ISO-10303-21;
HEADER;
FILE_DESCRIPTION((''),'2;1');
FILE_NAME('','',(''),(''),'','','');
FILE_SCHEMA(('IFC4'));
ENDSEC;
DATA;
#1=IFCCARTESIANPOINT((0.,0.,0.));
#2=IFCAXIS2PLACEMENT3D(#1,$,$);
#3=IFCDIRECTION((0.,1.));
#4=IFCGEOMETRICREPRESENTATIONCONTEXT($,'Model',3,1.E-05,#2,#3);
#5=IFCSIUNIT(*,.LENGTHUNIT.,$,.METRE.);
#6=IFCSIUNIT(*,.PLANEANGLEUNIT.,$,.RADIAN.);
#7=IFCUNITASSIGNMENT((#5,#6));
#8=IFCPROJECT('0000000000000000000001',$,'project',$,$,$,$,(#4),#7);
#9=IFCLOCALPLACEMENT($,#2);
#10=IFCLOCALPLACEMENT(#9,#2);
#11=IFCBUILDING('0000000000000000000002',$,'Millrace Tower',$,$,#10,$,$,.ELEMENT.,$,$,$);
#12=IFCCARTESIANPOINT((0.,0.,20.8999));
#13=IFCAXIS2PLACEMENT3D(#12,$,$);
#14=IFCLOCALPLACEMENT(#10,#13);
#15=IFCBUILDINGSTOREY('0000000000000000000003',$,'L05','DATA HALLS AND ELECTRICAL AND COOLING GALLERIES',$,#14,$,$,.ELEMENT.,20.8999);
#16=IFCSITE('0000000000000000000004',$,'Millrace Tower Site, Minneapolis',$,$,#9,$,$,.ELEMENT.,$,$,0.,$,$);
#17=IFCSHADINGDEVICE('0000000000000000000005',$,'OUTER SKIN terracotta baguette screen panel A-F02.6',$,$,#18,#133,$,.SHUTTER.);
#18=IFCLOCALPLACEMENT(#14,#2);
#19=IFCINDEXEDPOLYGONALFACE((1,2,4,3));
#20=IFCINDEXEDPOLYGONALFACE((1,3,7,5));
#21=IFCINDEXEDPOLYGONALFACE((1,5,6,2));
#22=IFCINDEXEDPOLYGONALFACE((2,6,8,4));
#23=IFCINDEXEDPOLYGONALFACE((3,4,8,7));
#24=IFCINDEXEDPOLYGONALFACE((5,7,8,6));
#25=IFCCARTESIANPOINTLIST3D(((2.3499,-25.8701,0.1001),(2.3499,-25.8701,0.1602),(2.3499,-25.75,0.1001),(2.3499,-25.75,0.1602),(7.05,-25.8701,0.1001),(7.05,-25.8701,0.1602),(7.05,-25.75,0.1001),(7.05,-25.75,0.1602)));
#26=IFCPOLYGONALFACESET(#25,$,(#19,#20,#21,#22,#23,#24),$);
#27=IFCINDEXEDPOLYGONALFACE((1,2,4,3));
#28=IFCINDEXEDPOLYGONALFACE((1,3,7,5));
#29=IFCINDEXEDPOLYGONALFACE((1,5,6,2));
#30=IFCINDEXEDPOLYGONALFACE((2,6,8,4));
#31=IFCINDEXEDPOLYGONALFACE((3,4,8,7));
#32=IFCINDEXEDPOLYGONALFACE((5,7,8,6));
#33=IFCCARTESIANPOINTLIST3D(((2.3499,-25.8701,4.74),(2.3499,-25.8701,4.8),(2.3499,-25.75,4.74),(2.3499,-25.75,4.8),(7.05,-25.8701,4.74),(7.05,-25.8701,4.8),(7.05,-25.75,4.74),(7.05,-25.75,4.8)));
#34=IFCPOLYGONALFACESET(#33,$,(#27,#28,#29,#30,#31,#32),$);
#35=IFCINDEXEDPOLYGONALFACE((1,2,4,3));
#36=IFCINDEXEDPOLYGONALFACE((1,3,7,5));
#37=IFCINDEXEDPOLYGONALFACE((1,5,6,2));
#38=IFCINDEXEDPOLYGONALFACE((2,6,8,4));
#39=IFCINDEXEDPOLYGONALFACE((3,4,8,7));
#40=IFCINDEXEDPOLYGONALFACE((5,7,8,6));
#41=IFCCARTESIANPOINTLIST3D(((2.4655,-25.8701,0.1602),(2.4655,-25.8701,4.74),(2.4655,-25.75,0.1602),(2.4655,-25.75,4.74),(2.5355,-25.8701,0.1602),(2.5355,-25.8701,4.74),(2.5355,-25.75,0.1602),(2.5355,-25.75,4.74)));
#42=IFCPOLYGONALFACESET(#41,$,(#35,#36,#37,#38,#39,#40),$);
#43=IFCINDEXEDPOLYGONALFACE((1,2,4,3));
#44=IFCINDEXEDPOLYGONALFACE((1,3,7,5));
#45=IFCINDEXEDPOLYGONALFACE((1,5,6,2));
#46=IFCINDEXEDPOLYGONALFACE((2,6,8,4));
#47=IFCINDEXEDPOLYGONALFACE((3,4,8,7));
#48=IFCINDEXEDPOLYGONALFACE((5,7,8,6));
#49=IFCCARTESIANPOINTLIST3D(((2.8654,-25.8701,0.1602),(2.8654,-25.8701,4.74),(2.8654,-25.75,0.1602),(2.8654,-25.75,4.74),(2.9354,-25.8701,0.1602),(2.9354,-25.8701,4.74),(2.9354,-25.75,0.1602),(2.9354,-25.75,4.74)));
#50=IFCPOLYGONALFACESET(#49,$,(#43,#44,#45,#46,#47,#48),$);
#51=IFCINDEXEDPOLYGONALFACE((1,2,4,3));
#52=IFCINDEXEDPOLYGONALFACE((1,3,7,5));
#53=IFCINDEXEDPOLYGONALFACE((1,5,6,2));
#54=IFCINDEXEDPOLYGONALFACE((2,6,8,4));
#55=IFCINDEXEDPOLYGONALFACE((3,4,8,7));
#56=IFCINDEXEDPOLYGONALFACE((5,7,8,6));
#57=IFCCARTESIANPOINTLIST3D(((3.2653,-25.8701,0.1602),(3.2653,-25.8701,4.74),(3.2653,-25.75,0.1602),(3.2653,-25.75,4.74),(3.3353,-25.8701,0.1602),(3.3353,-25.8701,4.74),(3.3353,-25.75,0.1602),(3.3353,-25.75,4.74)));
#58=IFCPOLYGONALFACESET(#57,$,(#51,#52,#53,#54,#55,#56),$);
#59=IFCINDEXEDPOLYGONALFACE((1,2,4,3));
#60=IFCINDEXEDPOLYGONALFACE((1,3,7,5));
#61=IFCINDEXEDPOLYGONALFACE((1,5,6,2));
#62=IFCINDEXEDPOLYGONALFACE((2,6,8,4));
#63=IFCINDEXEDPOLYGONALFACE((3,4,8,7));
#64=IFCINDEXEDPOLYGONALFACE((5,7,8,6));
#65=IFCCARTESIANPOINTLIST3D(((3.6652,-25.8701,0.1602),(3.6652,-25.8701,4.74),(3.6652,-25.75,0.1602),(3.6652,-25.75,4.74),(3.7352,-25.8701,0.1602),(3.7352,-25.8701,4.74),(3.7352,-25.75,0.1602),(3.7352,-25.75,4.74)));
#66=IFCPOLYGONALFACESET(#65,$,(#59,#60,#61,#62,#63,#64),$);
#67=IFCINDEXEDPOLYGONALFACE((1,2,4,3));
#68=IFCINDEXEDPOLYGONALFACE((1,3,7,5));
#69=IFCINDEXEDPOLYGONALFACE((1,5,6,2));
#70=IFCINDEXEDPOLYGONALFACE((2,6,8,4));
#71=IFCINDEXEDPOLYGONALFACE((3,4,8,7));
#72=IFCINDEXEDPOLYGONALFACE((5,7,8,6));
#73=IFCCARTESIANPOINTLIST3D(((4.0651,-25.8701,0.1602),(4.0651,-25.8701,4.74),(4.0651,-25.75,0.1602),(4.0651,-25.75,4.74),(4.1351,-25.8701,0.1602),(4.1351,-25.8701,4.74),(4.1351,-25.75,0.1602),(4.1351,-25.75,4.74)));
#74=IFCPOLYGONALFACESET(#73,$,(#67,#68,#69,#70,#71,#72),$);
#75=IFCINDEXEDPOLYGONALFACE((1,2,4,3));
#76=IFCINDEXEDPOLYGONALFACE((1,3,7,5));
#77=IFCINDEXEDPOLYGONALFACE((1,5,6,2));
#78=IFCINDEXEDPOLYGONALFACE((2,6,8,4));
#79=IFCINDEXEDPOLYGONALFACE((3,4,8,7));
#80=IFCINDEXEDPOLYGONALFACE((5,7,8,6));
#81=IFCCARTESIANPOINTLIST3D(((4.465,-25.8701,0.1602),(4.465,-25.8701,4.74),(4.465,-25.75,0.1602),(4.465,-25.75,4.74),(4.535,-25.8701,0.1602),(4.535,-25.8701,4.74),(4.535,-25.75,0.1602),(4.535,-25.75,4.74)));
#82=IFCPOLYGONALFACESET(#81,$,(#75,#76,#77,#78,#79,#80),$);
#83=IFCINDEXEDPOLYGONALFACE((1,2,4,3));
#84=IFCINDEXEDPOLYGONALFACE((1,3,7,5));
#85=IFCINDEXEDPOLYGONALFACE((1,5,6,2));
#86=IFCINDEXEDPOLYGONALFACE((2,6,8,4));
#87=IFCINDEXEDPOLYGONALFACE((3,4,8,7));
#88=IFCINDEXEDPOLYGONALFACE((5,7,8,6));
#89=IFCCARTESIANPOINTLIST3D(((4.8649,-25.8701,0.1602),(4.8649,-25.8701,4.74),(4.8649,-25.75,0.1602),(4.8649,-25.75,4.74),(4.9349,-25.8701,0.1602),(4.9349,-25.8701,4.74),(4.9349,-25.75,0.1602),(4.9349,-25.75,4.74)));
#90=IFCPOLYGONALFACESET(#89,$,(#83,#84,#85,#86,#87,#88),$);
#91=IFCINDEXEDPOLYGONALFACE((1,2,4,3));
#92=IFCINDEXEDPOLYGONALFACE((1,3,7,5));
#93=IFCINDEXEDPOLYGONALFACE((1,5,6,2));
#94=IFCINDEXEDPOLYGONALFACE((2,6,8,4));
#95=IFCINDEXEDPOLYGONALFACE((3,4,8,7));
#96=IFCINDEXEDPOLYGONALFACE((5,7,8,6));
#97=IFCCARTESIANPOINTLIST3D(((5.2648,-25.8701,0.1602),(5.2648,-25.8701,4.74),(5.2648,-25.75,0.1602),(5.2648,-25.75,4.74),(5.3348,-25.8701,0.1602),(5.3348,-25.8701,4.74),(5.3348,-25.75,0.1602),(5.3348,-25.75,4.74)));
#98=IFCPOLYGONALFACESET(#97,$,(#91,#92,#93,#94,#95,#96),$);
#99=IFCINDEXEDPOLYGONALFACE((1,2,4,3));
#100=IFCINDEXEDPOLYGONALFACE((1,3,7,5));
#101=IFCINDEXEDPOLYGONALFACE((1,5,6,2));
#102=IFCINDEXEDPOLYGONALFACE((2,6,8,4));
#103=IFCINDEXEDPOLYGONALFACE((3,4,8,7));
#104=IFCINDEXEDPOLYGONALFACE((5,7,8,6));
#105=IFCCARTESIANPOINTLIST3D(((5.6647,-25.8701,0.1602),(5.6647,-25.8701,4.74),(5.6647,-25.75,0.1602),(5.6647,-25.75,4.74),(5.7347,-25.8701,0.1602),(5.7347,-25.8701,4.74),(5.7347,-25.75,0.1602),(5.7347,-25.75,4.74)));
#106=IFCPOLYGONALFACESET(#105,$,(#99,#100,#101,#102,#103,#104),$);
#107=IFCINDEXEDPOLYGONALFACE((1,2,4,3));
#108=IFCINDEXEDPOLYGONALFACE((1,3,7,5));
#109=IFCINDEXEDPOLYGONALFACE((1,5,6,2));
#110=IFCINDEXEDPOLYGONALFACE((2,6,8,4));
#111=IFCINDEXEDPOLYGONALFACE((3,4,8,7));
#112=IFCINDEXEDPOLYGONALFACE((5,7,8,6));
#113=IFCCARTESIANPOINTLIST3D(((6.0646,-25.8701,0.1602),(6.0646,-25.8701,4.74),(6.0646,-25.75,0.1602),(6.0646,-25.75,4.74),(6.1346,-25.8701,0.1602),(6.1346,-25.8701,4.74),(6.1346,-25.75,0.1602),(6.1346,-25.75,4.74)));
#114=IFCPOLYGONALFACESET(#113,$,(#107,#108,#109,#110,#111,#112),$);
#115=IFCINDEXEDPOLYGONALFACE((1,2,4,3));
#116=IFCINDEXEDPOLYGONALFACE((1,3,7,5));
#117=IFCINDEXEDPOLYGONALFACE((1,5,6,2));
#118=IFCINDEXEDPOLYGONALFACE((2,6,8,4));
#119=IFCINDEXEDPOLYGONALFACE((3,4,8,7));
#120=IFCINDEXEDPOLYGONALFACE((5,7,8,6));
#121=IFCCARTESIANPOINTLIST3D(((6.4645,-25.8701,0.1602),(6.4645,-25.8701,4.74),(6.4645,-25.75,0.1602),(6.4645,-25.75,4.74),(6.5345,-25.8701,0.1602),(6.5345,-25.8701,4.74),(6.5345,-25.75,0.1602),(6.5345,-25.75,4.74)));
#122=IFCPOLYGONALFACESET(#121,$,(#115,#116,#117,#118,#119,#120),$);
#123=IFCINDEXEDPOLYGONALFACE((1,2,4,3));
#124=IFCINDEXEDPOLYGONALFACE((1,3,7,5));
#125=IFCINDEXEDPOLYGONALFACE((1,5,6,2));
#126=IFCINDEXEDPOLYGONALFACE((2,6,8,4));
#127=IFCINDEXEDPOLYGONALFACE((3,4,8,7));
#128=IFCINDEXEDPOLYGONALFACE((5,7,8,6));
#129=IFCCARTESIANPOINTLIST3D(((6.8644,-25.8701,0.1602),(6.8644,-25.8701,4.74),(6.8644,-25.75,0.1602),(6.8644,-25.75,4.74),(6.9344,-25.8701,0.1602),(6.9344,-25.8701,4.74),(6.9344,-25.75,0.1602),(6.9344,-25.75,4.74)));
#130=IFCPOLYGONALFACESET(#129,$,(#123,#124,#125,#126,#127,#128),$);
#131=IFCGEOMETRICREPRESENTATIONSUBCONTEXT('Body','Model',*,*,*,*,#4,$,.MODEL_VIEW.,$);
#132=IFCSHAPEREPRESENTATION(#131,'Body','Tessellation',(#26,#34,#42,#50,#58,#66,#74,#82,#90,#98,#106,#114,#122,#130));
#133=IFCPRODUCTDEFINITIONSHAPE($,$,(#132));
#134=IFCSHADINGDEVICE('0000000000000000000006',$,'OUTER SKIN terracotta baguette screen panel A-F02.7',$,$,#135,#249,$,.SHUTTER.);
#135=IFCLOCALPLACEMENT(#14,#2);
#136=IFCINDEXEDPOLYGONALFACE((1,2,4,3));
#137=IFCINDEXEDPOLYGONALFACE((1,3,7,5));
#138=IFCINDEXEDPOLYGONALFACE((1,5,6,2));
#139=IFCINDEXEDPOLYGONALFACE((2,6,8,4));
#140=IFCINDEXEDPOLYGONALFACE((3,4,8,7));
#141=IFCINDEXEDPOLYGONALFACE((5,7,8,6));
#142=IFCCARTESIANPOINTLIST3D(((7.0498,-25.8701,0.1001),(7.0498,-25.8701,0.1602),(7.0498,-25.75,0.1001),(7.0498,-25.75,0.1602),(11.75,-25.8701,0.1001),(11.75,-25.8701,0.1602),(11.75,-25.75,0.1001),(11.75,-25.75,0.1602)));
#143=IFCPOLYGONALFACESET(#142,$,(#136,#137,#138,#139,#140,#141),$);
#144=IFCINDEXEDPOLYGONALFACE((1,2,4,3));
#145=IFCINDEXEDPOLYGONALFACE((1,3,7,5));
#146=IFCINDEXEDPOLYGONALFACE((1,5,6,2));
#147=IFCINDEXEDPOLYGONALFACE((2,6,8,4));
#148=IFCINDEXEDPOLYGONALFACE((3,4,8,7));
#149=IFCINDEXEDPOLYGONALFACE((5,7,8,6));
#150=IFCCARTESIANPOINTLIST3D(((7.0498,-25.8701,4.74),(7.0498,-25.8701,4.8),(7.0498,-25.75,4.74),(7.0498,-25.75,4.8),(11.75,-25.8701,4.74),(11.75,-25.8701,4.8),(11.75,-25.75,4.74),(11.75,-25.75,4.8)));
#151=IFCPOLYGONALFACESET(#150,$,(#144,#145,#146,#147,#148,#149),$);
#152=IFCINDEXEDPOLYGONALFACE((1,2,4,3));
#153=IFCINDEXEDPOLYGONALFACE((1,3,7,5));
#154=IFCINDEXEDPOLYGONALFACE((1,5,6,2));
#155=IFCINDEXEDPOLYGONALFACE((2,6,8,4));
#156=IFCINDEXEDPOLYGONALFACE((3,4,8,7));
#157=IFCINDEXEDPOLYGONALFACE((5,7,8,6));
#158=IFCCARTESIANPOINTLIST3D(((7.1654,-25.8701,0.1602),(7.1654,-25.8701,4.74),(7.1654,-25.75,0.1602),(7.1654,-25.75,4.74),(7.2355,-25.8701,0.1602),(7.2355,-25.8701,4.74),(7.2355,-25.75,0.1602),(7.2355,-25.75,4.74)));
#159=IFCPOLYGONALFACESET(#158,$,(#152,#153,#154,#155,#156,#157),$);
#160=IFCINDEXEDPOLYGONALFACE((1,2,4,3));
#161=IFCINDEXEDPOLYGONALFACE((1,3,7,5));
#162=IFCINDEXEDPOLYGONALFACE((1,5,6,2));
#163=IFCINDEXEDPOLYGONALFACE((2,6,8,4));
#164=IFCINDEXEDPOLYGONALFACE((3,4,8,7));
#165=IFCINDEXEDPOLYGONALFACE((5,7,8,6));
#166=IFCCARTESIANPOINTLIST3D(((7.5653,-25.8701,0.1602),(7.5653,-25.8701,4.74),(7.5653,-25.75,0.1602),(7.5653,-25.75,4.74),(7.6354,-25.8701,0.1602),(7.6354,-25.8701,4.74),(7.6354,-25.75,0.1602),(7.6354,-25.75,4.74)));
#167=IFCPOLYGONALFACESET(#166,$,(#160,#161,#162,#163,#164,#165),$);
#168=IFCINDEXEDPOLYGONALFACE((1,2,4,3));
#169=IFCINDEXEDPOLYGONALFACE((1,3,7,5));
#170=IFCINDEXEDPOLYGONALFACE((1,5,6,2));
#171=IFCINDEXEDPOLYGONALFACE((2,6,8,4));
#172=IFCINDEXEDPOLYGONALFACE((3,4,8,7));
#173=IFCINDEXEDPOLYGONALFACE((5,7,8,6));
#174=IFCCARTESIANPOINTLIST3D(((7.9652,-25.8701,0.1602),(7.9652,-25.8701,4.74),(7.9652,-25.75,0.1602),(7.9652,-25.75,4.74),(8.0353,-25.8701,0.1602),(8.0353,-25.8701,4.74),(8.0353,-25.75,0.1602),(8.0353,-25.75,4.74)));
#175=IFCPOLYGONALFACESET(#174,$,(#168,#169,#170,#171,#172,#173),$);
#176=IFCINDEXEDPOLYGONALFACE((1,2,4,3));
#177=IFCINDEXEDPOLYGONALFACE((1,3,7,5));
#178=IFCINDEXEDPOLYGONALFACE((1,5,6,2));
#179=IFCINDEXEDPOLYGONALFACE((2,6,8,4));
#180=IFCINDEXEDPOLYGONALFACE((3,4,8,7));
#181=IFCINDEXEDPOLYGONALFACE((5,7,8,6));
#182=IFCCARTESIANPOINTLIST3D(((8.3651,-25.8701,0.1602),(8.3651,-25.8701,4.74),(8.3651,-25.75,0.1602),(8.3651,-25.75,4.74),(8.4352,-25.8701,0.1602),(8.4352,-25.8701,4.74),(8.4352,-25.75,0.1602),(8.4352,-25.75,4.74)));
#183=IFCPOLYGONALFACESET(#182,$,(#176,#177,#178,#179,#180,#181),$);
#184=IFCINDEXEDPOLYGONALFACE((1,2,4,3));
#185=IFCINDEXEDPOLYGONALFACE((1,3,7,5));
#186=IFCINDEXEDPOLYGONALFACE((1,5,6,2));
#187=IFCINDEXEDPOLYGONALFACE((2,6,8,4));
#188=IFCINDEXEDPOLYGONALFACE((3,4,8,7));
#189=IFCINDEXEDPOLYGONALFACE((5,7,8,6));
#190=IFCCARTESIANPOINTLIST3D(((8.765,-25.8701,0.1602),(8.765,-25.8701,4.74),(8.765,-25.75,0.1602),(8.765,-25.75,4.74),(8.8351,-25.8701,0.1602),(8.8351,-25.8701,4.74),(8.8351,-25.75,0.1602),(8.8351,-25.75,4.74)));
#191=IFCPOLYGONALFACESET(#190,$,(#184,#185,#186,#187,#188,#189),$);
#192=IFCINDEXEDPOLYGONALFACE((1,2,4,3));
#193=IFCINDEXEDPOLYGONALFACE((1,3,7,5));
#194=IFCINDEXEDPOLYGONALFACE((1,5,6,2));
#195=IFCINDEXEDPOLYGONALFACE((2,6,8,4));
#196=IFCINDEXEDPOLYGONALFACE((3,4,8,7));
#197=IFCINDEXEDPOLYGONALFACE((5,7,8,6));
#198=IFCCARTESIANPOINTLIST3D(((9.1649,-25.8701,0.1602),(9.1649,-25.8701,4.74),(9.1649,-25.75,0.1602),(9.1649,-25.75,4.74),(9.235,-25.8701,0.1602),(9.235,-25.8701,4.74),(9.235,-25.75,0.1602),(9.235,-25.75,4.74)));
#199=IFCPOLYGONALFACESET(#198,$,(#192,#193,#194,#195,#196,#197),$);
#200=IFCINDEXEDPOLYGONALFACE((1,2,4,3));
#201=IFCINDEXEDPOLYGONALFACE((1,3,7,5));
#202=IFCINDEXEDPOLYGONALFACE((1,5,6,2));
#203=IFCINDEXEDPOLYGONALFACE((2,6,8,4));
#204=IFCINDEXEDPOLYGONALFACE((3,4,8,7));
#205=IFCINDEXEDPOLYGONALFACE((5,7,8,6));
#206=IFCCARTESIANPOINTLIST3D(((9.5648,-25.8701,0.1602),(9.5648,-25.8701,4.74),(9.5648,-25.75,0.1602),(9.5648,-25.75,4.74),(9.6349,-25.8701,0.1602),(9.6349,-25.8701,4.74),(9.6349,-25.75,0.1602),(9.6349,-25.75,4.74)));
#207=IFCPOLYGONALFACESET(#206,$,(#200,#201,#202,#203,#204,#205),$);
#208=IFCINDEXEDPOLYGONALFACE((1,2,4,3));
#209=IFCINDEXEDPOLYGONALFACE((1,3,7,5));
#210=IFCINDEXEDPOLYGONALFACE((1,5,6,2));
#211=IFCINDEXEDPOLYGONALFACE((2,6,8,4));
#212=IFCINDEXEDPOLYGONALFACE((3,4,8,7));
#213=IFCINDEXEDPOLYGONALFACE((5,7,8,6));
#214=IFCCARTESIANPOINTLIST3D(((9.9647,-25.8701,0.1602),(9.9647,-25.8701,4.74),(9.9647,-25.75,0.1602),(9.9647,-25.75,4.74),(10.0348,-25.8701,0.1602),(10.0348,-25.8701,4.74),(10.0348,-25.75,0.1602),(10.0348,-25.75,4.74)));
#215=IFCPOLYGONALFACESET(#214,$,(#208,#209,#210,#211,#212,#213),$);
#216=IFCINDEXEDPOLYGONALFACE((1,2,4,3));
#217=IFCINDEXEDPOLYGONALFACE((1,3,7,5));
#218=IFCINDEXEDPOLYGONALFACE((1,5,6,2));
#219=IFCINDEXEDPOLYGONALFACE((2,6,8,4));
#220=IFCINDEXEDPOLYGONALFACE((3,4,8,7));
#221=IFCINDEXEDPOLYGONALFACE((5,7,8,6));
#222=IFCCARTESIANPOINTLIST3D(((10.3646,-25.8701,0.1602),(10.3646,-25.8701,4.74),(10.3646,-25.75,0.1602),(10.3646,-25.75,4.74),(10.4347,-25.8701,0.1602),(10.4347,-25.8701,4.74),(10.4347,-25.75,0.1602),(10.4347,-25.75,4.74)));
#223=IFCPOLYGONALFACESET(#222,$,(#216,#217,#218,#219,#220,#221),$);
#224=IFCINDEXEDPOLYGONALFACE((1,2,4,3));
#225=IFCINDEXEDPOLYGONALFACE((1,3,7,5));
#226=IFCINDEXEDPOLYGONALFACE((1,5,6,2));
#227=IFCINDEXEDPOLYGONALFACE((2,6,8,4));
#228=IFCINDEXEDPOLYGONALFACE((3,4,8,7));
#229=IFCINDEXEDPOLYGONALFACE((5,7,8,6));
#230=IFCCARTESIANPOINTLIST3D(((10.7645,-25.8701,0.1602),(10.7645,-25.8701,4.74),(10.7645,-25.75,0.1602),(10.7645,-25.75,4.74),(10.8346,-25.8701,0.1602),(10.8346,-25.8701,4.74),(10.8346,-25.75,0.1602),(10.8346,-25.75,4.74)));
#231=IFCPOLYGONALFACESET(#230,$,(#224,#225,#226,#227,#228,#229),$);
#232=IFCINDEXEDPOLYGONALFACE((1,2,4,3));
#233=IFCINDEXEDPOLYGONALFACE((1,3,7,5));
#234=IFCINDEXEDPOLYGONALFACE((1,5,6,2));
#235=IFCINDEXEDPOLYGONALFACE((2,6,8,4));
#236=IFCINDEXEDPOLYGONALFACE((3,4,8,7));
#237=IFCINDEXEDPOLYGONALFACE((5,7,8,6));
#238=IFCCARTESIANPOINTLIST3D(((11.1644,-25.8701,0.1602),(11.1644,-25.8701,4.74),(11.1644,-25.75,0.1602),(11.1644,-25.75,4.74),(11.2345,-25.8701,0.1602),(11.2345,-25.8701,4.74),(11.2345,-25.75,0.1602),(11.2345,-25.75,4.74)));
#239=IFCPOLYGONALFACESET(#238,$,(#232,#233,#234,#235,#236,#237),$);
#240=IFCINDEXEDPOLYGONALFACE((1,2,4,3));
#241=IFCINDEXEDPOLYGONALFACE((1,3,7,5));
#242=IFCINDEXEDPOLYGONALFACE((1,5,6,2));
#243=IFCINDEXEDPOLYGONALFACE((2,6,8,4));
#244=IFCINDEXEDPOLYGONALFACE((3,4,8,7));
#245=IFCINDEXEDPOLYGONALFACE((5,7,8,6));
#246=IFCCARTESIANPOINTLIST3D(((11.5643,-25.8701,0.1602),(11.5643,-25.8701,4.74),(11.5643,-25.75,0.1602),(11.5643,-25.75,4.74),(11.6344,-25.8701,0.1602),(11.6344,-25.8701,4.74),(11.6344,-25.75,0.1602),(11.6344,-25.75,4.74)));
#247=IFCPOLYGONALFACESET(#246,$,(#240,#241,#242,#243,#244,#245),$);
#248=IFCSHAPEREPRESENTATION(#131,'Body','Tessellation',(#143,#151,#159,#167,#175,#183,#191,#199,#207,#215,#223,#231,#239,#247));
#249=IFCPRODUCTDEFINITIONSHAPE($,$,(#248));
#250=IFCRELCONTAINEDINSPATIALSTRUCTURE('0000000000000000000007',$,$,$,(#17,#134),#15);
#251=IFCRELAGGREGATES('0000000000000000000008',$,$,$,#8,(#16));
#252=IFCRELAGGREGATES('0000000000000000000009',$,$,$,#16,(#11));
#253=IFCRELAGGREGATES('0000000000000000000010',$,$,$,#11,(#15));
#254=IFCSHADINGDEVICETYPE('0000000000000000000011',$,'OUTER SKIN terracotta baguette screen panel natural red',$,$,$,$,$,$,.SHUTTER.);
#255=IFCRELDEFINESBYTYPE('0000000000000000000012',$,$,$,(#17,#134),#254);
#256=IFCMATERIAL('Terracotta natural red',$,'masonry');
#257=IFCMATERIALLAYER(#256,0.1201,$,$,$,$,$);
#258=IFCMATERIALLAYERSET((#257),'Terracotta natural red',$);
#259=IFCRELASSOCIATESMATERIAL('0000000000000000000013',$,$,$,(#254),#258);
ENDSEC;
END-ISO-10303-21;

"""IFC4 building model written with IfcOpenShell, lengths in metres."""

from ifc_helpers import new_model, entity, si_unit, direction, frame, frame_2d, origin, place, context, subcontext, project, spatial, rectangle, extrude, source, transform, mapped, material, layer, layer_set, type_object, element, save


model = new_model("IFC4")

# Units and contexts
model_context = context("Model", 3, precision=1e-05, world=origin(), true_north=direction((0.0, 1.0)))
body_context = subcontext(model_context, "Body", "Model", "MODEL_VIEW")
ifc_project = project(units=[si_unit("LENGTHUNIT", "METRE"), si_unit("PLANEANGLEUNIT", "RADIAN")], contexts=[model_context])

# Site, building, storey
site_placement = place(None, origin())
site = spatial("IfcSite", under=ifc_project, at=site_placement, Name="Millrace Tower Site, Minneapolis", CompositionType="ELEMENT", RefElevation=0.0)
building_placement = place(site_placement, origin())
building = spatial("IfcBuilding", under=site, at=building_placement, Name="Millrace Tower", CompositionType="ELEMENT")
storey_placement = place(building_placement, frame((0.0, 0.0, 20.8999)))
storey = spatial("IfcBuildingStorey", under=building, at=storey_placement, Name="L05", Description="DATA HALLS AND ELECTRICAL AND COOLING GALLERIES", CompositionType="ELEMENT", Elevation=20.8999)

# Shading devices
ifc_material_1 = material(Name="Terracotta natural red", Category="masonry")
ifc_layer_1 = layer(ifc_material_1, 0.1201)
ifc_layer_set_1 = layer_set([ifc_layer_1], Name="Terracotta natural red")
shading_device_type = type_object("IfcShadingDeviceType", Name="OUTER SKIN terracotta baguette screen panel natural red", PredefinedType="SHUTTER", material=ifc_layer_set_1)
cartesian_point = entity("IfcCartesianPoint", [-2.3501, 0.0601])
shared_polyline = entity("IfcPolyline", [cartesian_point, entity("IfcCartesianPoint", [2.3501, 0.0601]), entity("IfcCartesianPoint", [2.3501, -0.0601]), entity("IfcCartesianPoint", [-2.3501, -0.0601]), cartesian_point])
shared_shape = source(origin(), body_context, "Body", "SweptSolid", [
    entity("IfcExtrudedAreaSolid", entity("IfcArbitraryClosedProfileDef", "AREA", None, shared_polyline), entity("IfcAxis2Placement3D", entity("IfcCartesianPoint", [0.0, 0.0, 0.0])), entity("IfcDirection", [0.0, 0.0, 1.0]), 0.0601),
    entity("IfcExtrudedAreaSolid", entity("IfcArbitraryClosedProfileDef", "AREA", None, shared_polyline), entity("IfcAxis2Placement3D", entity("IfcCartesianPoint", [0.0, 0.0, 4.6399])), entity("IfcDirection", [0.0, 0.0, 1.0]), 0.0601),
    extrude(rectangle(XDim=0.0701, YDim=0.1201, at=frame_2d((-2.1995, 0.0))), frame((0.0, 0.0, 0.0601)), (0.0, 0.0, 1.0), 4.5798),
    extrude(rectangle(XDim=0.0701, YDim=0.1201, at=frame_2d((-1.7996, 0.0))), frame((0.0, 0.0, 0.0601)), (0.0, 0.0, 1.0), 4.5798),
    extrude(rectangle(XDim=0.0701, YDim=0.1201, at=frame_2d((-1.3997, 0.0))), frame((0.0, 0.0, 0.0601)), (0.0, 0.0, 1.0), 4.5798),
    extrude(rectangle(XDim=0.0701, YDim=0.1201, at=frame_2d((-0.9998, 0.0))), frame((0.0, 0.0, 0.0601)), (0.0, 0.0, 1.0), 4.5798),
    extrude(rectangle(XDim=0.0701, YDim=0.1201, at=frame_2d((-0.5999, 0.0))), frame((0.0, 0.0, 0.0601)), (0.0, 0.0, 1.0), 4.5798),
    extrude(rectangle(XDim=0.0701, YDim=0.1201, at=frame_2d((-0.2, 0.0))), frame((0.0, 0.0, 0.0601)), (0.0, 0.0, 1.0), 4.5798),
    extrude(rectangle(XDim=0.0701, YDim=0.1201, at=frame_2d((0.2, 0.0))), frame((0.0, 0.0, 0.0601)), (0.0, 0.0, 1.0), 4.5798),
    extrude(rectangle(XDim=0.0701, YDim=0.1201, at=frame_2d((0.5999, 0.0))), frame((0.0, 0.0, 0.0601)), (0.0, 0.0, 1.0), 4.5798),
    extrude(rectangle(XDim=0.0701, YDim=0.1201, at=frame_2d((0.9998, 0.0))), frame((0.0, 0.0, 0.0601)), (0.0, 0.0, 1.0), 4.5798),
    extrude(rectangle(XDim=0.0701, YDim=0.1201, at=frame_2d((1.3997, 0.0))), frame((0.0, 0.0, 0.0601)), (0.0, 0.0, 1.0), 4.5798),
    extrude(rectangle(XDim=0.0701, YDim=0.1201, at=frame_2d((1.7996, 0.0))), frame((0.0, 0.0, 0.0601)), (0.0, 0.0, 1.0), 4.5798),
    extrude(rectangle(XDim=0.0701, YDim=0.1201, at=frame_2d((2.1995, 0.0))), frame((0.0, 0.0, 0.0601)), (0.0, 0.0, 1.0), 4.5798),
])
for number, where, z_axis, x_axis, name in (
    (1, (4.7, -25.8101, 0.1001), (0.0, 0.0, 1.0), (1.0, 0.0, 0.0), "OUTER SKIN terracotta baguette screen panel A-F02.6"),
    (2, (9.3999, -25.8101, 0.1001), (0.0, 0.0, 1.0), (1.0, 0.0, 0.0), "OUTER SKIN terracotta baguette screen panel A-F02.7"),
):
    element("IfcShadingDevice", number, at=place(storey_placement, frame(where, z_axis=z_axis, x_axis=x_axis)), inside=storey, type_object=shading_device_type, Name=name, PredefinedType="SHUTTER", context=body_context, shape_type="MappedRepresentation", body=[
        mapped(shared_shape, transform((0.0, 0.0, 0.0), scale=1.0)),
    ])

save(model, "model.ifc")
